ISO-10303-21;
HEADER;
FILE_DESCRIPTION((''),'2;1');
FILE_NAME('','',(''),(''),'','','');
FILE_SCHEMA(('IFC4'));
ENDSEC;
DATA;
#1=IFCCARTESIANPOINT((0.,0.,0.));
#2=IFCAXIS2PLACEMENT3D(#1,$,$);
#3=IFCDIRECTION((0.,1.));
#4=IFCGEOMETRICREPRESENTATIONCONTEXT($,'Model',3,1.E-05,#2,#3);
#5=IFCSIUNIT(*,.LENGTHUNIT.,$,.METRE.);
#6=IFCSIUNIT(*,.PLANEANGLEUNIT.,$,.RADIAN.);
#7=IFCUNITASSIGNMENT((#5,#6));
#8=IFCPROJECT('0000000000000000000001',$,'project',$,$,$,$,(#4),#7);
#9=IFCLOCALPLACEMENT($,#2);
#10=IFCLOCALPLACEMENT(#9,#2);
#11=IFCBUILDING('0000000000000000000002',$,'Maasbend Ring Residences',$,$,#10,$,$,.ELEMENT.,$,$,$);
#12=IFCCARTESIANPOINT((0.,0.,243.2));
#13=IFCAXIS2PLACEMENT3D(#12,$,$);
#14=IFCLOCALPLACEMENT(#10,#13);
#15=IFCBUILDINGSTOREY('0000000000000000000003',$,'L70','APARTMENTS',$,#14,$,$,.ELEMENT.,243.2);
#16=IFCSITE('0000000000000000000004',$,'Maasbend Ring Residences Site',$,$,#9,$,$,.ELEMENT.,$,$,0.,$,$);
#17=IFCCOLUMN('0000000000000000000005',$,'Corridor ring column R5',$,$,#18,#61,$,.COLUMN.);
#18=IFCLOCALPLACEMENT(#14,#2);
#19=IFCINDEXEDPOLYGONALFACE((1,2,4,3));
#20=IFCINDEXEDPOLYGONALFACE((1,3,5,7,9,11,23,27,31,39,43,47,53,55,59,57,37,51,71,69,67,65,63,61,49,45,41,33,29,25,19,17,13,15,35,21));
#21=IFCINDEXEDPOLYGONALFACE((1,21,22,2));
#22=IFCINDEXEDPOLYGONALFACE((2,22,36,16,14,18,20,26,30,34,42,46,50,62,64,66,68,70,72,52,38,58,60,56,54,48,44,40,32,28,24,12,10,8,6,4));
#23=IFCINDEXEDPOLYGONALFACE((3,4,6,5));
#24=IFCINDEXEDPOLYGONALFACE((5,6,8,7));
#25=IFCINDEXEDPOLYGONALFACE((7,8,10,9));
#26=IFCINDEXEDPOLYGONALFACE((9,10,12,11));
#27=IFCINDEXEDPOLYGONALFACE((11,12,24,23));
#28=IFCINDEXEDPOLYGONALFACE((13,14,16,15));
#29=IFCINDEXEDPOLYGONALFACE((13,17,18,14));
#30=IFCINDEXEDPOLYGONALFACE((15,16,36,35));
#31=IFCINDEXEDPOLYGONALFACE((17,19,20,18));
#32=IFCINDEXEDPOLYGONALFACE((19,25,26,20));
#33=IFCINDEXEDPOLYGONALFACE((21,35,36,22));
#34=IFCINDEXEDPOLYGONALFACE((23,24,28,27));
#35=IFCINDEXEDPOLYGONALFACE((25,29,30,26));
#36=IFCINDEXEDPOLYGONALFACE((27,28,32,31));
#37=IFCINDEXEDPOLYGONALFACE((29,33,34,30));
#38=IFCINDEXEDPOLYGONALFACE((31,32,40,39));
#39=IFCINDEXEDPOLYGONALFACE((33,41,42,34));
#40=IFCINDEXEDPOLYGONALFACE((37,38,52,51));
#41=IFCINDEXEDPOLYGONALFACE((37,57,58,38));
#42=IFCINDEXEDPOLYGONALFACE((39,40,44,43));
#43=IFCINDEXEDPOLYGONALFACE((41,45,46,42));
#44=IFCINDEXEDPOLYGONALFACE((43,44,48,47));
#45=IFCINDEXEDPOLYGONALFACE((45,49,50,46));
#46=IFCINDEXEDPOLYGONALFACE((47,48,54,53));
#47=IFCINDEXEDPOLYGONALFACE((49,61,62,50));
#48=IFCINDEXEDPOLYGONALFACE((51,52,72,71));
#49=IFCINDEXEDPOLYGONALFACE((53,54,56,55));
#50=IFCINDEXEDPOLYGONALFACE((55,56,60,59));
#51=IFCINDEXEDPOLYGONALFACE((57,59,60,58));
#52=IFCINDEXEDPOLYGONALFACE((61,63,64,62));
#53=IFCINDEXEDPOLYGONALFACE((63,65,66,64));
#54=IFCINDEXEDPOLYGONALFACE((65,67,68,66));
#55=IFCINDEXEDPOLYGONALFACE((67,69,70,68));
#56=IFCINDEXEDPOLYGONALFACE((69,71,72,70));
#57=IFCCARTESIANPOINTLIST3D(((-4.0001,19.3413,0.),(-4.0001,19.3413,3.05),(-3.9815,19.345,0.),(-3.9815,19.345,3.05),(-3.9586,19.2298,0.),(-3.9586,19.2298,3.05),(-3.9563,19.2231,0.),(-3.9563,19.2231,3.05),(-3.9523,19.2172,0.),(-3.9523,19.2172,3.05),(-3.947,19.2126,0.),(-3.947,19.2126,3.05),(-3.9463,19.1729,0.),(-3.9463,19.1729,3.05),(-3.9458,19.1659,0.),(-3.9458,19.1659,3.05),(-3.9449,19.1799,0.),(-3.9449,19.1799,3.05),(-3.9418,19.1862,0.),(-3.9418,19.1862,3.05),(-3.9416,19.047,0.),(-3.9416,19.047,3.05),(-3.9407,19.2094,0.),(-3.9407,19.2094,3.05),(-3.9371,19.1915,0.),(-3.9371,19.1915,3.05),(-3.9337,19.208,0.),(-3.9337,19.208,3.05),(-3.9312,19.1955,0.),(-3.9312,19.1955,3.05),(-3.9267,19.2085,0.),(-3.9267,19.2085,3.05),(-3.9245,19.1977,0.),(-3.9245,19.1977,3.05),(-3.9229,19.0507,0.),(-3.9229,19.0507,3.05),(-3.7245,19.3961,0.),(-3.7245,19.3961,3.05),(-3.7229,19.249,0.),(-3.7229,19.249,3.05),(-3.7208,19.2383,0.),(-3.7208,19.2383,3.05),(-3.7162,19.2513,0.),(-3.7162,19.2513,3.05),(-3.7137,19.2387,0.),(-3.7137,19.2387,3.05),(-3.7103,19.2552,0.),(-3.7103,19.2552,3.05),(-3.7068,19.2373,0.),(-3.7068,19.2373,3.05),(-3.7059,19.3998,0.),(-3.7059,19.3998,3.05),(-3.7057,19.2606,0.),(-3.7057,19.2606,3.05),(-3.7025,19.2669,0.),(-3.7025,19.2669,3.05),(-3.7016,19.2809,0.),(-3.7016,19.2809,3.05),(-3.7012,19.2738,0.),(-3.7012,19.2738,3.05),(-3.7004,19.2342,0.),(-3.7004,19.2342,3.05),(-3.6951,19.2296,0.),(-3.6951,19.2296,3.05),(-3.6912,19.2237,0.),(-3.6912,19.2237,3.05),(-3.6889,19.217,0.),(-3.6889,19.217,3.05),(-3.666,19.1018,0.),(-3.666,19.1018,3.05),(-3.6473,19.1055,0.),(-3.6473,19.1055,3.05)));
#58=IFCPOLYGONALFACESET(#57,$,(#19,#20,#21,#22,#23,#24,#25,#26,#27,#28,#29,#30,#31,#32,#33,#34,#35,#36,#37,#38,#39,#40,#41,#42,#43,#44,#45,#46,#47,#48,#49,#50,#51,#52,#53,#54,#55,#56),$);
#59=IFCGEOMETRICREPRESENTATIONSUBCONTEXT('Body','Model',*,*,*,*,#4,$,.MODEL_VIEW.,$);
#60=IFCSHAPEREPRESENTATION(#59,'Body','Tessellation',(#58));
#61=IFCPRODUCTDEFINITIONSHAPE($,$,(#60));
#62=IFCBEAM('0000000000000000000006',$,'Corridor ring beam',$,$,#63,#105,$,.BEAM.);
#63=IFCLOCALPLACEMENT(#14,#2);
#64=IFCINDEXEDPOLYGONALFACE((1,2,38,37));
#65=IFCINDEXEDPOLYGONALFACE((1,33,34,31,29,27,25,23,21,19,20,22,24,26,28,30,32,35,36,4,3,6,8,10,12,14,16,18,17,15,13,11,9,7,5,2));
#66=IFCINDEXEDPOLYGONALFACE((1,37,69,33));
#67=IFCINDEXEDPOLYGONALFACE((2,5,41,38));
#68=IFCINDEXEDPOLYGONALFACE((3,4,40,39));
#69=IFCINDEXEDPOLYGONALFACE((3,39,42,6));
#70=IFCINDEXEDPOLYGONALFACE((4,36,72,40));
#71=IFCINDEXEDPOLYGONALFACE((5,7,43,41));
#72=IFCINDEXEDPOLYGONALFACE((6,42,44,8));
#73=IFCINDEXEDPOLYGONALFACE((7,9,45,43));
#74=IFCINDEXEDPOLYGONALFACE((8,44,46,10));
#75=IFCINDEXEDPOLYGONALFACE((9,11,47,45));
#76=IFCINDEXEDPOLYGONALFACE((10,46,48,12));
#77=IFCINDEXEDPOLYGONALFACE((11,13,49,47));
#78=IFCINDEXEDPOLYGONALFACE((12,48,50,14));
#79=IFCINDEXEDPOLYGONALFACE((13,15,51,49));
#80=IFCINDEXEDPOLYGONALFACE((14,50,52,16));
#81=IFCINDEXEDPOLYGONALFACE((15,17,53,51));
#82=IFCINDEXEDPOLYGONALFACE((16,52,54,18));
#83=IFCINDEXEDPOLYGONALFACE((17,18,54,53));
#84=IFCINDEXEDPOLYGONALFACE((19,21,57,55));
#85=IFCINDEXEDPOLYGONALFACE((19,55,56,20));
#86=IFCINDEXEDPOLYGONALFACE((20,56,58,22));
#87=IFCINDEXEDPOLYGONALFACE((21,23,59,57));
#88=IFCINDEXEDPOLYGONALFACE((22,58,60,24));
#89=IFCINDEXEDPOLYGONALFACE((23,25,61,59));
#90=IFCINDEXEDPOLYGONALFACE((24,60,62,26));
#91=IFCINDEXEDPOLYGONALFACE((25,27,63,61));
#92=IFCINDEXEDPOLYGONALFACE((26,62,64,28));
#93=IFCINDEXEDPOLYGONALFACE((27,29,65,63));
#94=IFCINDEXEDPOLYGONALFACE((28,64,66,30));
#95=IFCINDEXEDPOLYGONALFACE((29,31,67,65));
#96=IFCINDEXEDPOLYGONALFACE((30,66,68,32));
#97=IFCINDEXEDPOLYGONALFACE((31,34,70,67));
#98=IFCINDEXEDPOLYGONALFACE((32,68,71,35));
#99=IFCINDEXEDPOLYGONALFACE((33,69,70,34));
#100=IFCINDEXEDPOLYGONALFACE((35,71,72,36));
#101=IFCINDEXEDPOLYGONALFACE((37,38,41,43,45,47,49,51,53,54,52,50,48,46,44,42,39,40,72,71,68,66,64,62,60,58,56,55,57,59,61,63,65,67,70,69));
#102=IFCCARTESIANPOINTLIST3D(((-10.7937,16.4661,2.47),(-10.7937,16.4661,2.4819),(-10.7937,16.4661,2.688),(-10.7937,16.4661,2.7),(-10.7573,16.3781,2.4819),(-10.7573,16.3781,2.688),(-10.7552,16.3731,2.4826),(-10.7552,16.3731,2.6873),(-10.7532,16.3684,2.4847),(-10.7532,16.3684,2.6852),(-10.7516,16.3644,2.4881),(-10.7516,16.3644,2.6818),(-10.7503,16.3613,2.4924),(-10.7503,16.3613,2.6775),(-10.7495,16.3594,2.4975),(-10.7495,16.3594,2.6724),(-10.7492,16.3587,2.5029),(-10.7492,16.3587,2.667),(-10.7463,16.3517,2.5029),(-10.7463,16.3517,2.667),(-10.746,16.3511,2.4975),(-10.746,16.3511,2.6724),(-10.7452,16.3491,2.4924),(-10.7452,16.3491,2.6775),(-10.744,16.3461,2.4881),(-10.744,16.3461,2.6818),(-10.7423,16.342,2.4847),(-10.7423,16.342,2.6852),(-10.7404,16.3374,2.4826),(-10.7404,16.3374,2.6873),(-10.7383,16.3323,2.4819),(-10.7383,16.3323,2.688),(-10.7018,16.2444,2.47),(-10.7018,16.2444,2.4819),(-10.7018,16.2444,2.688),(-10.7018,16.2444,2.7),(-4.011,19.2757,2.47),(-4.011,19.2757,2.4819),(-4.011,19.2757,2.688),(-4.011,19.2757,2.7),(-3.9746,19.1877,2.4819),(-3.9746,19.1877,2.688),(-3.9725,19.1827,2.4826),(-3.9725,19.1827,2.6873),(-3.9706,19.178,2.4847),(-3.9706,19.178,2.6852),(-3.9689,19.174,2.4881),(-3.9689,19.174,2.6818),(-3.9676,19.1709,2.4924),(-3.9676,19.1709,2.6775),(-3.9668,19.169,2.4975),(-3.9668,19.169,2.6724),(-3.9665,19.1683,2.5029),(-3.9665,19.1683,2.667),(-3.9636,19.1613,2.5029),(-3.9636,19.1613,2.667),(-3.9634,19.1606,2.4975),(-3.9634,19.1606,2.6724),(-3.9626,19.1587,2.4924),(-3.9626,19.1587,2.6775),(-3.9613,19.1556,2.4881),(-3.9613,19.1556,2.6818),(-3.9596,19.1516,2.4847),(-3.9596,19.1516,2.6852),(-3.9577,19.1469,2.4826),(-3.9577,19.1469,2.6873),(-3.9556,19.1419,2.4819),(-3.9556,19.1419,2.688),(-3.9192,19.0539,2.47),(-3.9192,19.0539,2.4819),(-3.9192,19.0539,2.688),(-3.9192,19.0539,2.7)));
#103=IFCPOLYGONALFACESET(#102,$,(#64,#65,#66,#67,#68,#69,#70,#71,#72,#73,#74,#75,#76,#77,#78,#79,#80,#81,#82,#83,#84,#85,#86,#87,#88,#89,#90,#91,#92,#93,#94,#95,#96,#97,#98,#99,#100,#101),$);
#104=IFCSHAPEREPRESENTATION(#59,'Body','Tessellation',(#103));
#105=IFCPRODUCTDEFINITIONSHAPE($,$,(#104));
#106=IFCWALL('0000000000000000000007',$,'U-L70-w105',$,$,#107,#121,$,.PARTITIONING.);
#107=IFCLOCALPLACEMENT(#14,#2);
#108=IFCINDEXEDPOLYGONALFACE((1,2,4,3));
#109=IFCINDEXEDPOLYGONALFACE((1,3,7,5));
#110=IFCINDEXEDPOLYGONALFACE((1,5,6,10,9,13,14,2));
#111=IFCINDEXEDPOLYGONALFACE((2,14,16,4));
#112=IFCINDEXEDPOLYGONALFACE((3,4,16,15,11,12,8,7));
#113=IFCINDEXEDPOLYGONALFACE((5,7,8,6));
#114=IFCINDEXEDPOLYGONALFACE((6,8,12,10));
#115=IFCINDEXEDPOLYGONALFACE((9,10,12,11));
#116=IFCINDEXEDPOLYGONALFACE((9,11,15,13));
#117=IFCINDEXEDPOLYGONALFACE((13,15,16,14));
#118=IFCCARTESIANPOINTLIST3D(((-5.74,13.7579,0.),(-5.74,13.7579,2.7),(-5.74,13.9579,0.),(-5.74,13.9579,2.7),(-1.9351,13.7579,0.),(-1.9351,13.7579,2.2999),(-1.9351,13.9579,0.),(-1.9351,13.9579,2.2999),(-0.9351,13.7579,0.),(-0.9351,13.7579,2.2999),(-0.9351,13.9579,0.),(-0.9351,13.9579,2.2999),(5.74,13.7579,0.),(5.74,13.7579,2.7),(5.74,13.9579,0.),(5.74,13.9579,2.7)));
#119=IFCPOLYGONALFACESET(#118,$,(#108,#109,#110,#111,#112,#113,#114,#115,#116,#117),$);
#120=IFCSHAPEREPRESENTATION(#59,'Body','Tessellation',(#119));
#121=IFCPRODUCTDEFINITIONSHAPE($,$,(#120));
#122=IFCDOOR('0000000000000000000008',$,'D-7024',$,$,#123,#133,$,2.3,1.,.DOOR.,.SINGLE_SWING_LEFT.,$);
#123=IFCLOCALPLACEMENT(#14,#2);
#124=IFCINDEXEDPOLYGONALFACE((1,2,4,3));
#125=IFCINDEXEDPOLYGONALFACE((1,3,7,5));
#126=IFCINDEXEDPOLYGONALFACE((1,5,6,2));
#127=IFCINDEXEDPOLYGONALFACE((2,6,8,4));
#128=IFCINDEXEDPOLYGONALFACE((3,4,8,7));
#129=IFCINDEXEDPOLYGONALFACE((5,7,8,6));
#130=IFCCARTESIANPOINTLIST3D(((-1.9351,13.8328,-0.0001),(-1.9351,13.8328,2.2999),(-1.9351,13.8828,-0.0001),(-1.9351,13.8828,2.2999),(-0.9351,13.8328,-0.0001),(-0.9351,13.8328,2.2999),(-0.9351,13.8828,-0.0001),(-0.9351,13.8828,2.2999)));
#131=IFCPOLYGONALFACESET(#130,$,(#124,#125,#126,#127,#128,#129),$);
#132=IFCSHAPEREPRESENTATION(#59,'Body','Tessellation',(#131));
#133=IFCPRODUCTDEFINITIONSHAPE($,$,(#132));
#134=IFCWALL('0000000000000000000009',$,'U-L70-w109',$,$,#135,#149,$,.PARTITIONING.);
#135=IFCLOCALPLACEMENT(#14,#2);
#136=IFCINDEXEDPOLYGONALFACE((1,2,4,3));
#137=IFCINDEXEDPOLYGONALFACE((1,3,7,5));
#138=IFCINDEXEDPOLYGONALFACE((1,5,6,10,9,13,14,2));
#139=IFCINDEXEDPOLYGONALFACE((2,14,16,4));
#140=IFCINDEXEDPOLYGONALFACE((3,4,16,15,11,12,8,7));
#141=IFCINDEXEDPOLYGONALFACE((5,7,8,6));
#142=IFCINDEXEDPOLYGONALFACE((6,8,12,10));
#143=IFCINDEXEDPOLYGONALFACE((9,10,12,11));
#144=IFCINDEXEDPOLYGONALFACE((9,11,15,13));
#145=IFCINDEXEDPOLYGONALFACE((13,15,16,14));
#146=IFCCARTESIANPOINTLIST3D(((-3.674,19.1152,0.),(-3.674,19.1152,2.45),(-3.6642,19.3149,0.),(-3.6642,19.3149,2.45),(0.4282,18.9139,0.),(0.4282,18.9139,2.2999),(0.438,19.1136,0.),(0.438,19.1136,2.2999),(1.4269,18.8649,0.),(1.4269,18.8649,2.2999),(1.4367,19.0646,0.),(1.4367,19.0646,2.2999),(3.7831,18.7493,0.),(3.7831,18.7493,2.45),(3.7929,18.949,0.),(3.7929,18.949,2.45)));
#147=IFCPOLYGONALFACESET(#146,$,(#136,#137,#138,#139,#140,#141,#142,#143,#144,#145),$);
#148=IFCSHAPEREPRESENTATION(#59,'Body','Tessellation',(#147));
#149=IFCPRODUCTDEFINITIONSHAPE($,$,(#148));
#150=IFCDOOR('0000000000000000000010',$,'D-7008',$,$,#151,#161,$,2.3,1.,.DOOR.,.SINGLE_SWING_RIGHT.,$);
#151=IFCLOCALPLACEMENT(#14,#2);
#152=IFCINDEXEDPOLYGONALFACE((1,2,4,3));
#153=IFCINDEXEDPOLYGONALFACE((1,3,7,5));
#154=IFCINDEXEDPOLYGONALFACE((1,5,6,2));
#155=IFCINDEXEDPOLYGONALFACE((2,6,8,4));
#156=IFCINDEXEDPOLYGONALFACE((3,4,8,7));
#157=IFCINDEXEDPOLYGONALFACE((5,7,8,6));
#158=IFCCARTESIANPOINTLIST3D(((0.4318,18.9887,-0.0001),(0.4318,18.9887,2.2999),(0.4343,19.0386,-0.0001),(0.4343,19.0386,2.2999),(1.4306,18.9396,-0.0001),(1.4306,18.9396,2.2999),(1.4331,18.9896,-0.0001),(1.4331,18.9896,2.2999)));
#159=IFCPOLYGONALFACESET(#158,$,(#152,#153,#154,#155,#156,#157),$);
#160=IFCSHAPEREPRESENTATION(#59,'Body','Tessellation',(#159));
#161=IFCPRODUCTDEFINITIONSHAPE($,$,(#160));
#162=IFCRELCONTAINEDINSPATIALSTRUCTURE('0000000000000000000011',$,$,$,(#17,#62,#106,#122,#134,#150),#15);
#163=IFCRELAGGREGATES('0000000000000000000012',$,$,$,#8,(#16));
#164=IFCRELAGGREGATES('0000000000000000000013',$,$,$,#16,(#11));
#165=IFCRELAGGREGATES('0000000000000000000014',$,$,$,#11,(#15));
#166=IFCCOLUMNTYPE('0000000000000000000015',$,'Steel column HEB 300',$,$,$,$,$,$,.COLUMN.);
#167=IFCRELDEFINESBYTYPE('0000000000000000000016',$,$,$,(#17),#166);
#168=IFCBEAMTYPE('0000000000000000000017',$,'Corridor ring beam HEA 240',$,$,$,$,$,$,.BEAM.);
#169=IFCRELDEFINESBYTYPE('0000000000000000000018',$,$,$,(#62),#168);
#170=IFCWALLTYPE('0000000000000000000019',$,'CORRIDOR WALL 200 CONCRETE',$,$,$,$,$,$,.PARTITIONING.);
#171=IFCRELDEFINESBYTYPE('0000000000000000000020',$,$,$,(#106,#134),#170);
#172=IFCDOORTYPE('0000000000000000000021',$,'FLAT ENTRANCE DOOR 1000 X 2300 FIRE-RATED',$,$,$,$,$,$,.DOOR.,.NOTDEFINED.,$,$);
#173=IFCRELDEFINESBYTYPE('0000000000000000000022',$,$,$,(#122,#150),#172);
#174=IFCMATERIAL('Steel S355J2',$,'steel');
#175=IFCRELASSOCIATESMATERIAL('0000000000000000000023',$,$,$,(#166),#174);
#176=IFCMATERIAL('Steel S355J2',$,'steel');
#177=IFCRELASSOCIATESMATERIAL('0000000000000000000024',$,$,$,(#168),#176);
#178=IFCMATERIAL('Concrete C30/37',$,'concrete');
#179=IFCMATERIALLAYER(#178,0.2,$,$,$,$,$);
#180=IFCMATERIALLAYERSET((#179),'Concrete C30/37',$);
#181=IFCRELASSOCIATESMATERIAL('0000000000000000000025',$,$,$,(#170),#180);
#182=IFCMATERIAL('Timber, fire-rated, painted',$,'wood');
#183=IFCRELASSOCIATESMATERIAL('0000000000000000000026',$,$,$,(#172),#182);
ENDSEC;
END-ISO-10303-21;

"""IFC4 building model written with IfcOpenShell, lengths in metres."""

from ifc_helpers import new_model, si_unit, direction, frame, frame_2d, origin, origin_2d, place, context, subcontext, project, spatial, rectangle, i_section, extrude, material, layer, layer_set, material_profile, profile_set, type_object, element, fill, save


model = new_model("IFC4")

# Units and contexts
model_context = context("Model", 3, precision=1e-05, world=origin(), true_north=direction((0.0, 1.0)))
body_context = subcontext(model_context, "Body", "Model", "MODEL_VIEW")
ifc_project = project(units=[si_unit("LENGTHUNIT", "METRE"), si_unit("PLANEANGLEUNIT", "RADIAN")], contexts=[model_context])

# Site, building, storey
site_placement = place(None, origin())
site = spatial("IfcSite", under=ifc_project, at=site_placement, Name="Maasbend Ring Residences Site", CompositionType="ELEMENT", RefElevation=0.0)
building_placement = place(site_placement, origin())
building = spatial("IfcBuilding", under=site, at=building_placement, Name="Maasbend Ring Residences", CompositionType="ELEMENT")
storey_placement = place(building_placement, frame((0.0, 0.0, 243.2)))
storey = spatial("IfcBuildingStorey", under=building, at=storey_placement, Name="L70", Description="APARTMENTS", CompositionType="ELEMENT", Elevation=243.2)

# Column
ifc_material_1 = material(Name="Steel S355J2", Category="steel")
ifc_material_profile_1 = material_profile(ifc_material_1, i_section(OverallWidth=0.3, OverallDepth=0.3, WebThickness=0.011, FlangeThickness=0.019, FilletRadius=0.0271, at=origin_2d()), Name="HEB 300")
ifc_profile_set_1 = profile_set([ifc_material_profile_1], Name="Steel S355J2")
column_type = type_object("IfcColumnType", Name="Steel column HEB 300", PredefinedType="COLUMN", material=ifc_profile_set_1)
column_placement = place(storey_placement, frame((-3.8237, 19.2234, 0.0), z_axis=(0.0, 0.0, 1.0), x_axis=(-0.19509, 0.980785, 0.0)))
element("IfcColumn", 1, at=column_placement, inside=storey, type_object=column_type, Name="Corridor ring column R5", PredefinedType="COLUMN", context=body_context, shape_type="SweptSolid", body=[
    extrude(i_section(OverallWidth=0.3, OverallDepth=0.3, WebThickness=0.011, FlangeThickness=0.019, FilletRadius=0.0271, at=origin_2d()), origin(), (0.0, 0.0, 1.0), 3.05),
])

# Beam
ifc_material_2 = material(Name="Steel S355J2", Category="steel")
ifc_material_profile_2 = material_profile(ifc_material_2, i_section(OverallWidth=0.24, OverallDepth=0.23, WebThickness=0.0076, FlangeThickness=0.012, FilletRadius=0.021, at=origin_2d()), Name="HEA 240")
ifc_profile_set_2 = profile_set([ifc_material_profile_2], Name="Steel S355J2")
beam_type = type_object("IfcBeamType", Name="Corridor ring beam HEA 240", PredefinedType="BEAM", material=ifc_profile_set_2)
beam_placement = place(storey_placement, frame((-3.9651, 19.1648, 2.585), z_axis=(-0.923876, -0.382692, 0.0), x_axis=(0.382692, -0.923876, 0.0)))
element("IfcBeam", 2, at=beam_placement, inside=storey, type_object=beam_type, Name="Corridor ring beam", PredefinedType="BEAM", context=body_context, shape_type="SweptSolid", body=[
    extrude(i_section(OverallWidth=0.24, OverallDepth=0.23, WebThickness=0.0076, FlangeThickness=0.012, FilletRadius=0.021, at=origin_2d()), origin(), (0.0, 0.0, 1.0), 7.3416),
])

# Walls, openings, doors
ifc_material_3 = material(Name="Concrete C30/37", Category="concrete")
ifc_layer_1 = layer(ifc_material_3, 0.2)
ifc_layer_set_1 = layer_set([ifc_layer_1], Name="Concrete C30/37")
wall_type_1 = type_object("IfcWallType", Name="CORRIDOR WALL 200 CONCRETE", PredefinedType="PARTITIONING", material=ifc_layer_set_1)
wall_1_placement = place(storey_placement, frame((-5.74, 13.8579, 0.0), z_axis=(0.0, 0.0, 1.0), x_axis=(1.0, 0.0, 0.0)))
wall_1 = element("IfcWall", 3, at=wall_1_placement, inside=storey, type_object=wall_type_1, Name="U-L70-w105", PredefinedType="PARTITIONING", context=body_context, shape_type="SweptSolid", body=[
    extrude(rectangle(XDim=11.48, YDim=0.2, at=frame_2d((5.74, 0.0))), origin(), (0.0, 0.0, 1.0), 2.7),
])
opening_1_placement = place(wall_1_placement, frame((3.8049, 0.0, 0.0)))
opening_1 = element("IfcOpeningElement", 4, at=opening_1_placement, cuts=wall_1, PredefinedType="OPENING", context=body_context, shape_type="SweptSolid", body=[
    extrude(rectangle(XDim=1.0, YDim=2.3, at=frame_2d((0.5, 1.1499))), frame((0.0, 0.1099, 0.0), z_axis=(0.0, -1.0, 0.0), x_axis=(1.0, 0.0, 0.0)), (0.0, 0.0, 1.0), 0.22),
])
ifc_material_4 = material(Name="Timber, fire-rated, painted", Category="wood")
door_type_1 = type_object("IfcDoorType", Name="FLAT ENTRANCE DOOR 1000 X 2300 FIRE-RATED", OperationType="NOTDEFINED", PredefinedType="DOOR", material=ifc_material_4)
door_1_placement = place(opening_1_placement, origin())
door_1 = element("IfcDoor", 5, at=door_1_placement, inside=storey, type_object=door_type_1, Name="D-7024", OperationType="SINGLE_SWING_LEFT", OverallHeight=2.3, OverallWidth=1.0, PredefinedType="DOOR", context=body_context, shape_type="SweptSolid", body=[
    extrude(rectangle(XDim=1.0, YDim=2.3, at=frame_2d((0.5, 1.1499))), frame((0.0, 0.0249, 0.0), z_axis=(0.0, -1.0, 0.0), x_axis=(1.0, 0.0, 0.0)), (0.0, 0.0, 1.0), 0.05),
])
fill(opening_1, door_1)
wall_2_placement = place(storey_placement, frame((-3.6689, 19.2151, 0.0), z_axis=(0.0, 0.0, 1.0), x_axis=(0.998798, -0.049018, 0.0)))
wall_2 = element("IfcWall", 6, at=wall_2_placement, inside=storey, type_object=wall_type_1, Name="U-L70-w109", PredefinedType="PARTITIONING", context=body_context, shape_type="SweptSolid", body=[
    extrude(rectangle(XDim=7.4661, YDim=0.2, at=frame_2d((3.7329, 0.0))), origin(), (0.0, 0.0, 1.0), 2.45),
])
opening_2_placement = place(wall_2_placement, frame((4.1069, 0.0, 0.0)))
opening_2 = element("IfcOpeningElement", 7, at=opening_2_placement, cuts=wall_2, PredefinedType="OPENING", context=body_context, shape_type="SweptSolid", body=[
    extrude(rectangle(XDim=1.0, YDim=2.3, at=frame_2d((0.5, 1.1499))), frame((0.0, 0.1099, 0.0), z_axis=(0.0, -1.0, 0.0), x_axis=(1.0, 0.0, 0.0)), (0.0, 0.0, 1.0), 0.22),
])
door_2_placement = place(opening_2_placement, origin())
door_2 = element("IfcDoor", 8, at=door_2_placement, inside=storey, type_object=door_type_1, Name="D-7008", OperationType="SINGLE_SWING_RIGHT", OverallHeight=2.3, OverallWidth=1.0, PredefinedType="DOOR", context=body_context, shape_type="SweptSolid", body=[
    extrude(rectangle(XDim=1.0, YDim=2.3, at=frame_2d((0.5, 1.1499))), frame((0.0, 0.0249, 0.0), z_axis=(0.0, -1.0, 0.0), x_axis=(1.0, 0.0, 0.0)), (0.0, 0.0, 1.0), 0.05),
])
fill(opening_2, door_2)

save(model, "model.ifc")
